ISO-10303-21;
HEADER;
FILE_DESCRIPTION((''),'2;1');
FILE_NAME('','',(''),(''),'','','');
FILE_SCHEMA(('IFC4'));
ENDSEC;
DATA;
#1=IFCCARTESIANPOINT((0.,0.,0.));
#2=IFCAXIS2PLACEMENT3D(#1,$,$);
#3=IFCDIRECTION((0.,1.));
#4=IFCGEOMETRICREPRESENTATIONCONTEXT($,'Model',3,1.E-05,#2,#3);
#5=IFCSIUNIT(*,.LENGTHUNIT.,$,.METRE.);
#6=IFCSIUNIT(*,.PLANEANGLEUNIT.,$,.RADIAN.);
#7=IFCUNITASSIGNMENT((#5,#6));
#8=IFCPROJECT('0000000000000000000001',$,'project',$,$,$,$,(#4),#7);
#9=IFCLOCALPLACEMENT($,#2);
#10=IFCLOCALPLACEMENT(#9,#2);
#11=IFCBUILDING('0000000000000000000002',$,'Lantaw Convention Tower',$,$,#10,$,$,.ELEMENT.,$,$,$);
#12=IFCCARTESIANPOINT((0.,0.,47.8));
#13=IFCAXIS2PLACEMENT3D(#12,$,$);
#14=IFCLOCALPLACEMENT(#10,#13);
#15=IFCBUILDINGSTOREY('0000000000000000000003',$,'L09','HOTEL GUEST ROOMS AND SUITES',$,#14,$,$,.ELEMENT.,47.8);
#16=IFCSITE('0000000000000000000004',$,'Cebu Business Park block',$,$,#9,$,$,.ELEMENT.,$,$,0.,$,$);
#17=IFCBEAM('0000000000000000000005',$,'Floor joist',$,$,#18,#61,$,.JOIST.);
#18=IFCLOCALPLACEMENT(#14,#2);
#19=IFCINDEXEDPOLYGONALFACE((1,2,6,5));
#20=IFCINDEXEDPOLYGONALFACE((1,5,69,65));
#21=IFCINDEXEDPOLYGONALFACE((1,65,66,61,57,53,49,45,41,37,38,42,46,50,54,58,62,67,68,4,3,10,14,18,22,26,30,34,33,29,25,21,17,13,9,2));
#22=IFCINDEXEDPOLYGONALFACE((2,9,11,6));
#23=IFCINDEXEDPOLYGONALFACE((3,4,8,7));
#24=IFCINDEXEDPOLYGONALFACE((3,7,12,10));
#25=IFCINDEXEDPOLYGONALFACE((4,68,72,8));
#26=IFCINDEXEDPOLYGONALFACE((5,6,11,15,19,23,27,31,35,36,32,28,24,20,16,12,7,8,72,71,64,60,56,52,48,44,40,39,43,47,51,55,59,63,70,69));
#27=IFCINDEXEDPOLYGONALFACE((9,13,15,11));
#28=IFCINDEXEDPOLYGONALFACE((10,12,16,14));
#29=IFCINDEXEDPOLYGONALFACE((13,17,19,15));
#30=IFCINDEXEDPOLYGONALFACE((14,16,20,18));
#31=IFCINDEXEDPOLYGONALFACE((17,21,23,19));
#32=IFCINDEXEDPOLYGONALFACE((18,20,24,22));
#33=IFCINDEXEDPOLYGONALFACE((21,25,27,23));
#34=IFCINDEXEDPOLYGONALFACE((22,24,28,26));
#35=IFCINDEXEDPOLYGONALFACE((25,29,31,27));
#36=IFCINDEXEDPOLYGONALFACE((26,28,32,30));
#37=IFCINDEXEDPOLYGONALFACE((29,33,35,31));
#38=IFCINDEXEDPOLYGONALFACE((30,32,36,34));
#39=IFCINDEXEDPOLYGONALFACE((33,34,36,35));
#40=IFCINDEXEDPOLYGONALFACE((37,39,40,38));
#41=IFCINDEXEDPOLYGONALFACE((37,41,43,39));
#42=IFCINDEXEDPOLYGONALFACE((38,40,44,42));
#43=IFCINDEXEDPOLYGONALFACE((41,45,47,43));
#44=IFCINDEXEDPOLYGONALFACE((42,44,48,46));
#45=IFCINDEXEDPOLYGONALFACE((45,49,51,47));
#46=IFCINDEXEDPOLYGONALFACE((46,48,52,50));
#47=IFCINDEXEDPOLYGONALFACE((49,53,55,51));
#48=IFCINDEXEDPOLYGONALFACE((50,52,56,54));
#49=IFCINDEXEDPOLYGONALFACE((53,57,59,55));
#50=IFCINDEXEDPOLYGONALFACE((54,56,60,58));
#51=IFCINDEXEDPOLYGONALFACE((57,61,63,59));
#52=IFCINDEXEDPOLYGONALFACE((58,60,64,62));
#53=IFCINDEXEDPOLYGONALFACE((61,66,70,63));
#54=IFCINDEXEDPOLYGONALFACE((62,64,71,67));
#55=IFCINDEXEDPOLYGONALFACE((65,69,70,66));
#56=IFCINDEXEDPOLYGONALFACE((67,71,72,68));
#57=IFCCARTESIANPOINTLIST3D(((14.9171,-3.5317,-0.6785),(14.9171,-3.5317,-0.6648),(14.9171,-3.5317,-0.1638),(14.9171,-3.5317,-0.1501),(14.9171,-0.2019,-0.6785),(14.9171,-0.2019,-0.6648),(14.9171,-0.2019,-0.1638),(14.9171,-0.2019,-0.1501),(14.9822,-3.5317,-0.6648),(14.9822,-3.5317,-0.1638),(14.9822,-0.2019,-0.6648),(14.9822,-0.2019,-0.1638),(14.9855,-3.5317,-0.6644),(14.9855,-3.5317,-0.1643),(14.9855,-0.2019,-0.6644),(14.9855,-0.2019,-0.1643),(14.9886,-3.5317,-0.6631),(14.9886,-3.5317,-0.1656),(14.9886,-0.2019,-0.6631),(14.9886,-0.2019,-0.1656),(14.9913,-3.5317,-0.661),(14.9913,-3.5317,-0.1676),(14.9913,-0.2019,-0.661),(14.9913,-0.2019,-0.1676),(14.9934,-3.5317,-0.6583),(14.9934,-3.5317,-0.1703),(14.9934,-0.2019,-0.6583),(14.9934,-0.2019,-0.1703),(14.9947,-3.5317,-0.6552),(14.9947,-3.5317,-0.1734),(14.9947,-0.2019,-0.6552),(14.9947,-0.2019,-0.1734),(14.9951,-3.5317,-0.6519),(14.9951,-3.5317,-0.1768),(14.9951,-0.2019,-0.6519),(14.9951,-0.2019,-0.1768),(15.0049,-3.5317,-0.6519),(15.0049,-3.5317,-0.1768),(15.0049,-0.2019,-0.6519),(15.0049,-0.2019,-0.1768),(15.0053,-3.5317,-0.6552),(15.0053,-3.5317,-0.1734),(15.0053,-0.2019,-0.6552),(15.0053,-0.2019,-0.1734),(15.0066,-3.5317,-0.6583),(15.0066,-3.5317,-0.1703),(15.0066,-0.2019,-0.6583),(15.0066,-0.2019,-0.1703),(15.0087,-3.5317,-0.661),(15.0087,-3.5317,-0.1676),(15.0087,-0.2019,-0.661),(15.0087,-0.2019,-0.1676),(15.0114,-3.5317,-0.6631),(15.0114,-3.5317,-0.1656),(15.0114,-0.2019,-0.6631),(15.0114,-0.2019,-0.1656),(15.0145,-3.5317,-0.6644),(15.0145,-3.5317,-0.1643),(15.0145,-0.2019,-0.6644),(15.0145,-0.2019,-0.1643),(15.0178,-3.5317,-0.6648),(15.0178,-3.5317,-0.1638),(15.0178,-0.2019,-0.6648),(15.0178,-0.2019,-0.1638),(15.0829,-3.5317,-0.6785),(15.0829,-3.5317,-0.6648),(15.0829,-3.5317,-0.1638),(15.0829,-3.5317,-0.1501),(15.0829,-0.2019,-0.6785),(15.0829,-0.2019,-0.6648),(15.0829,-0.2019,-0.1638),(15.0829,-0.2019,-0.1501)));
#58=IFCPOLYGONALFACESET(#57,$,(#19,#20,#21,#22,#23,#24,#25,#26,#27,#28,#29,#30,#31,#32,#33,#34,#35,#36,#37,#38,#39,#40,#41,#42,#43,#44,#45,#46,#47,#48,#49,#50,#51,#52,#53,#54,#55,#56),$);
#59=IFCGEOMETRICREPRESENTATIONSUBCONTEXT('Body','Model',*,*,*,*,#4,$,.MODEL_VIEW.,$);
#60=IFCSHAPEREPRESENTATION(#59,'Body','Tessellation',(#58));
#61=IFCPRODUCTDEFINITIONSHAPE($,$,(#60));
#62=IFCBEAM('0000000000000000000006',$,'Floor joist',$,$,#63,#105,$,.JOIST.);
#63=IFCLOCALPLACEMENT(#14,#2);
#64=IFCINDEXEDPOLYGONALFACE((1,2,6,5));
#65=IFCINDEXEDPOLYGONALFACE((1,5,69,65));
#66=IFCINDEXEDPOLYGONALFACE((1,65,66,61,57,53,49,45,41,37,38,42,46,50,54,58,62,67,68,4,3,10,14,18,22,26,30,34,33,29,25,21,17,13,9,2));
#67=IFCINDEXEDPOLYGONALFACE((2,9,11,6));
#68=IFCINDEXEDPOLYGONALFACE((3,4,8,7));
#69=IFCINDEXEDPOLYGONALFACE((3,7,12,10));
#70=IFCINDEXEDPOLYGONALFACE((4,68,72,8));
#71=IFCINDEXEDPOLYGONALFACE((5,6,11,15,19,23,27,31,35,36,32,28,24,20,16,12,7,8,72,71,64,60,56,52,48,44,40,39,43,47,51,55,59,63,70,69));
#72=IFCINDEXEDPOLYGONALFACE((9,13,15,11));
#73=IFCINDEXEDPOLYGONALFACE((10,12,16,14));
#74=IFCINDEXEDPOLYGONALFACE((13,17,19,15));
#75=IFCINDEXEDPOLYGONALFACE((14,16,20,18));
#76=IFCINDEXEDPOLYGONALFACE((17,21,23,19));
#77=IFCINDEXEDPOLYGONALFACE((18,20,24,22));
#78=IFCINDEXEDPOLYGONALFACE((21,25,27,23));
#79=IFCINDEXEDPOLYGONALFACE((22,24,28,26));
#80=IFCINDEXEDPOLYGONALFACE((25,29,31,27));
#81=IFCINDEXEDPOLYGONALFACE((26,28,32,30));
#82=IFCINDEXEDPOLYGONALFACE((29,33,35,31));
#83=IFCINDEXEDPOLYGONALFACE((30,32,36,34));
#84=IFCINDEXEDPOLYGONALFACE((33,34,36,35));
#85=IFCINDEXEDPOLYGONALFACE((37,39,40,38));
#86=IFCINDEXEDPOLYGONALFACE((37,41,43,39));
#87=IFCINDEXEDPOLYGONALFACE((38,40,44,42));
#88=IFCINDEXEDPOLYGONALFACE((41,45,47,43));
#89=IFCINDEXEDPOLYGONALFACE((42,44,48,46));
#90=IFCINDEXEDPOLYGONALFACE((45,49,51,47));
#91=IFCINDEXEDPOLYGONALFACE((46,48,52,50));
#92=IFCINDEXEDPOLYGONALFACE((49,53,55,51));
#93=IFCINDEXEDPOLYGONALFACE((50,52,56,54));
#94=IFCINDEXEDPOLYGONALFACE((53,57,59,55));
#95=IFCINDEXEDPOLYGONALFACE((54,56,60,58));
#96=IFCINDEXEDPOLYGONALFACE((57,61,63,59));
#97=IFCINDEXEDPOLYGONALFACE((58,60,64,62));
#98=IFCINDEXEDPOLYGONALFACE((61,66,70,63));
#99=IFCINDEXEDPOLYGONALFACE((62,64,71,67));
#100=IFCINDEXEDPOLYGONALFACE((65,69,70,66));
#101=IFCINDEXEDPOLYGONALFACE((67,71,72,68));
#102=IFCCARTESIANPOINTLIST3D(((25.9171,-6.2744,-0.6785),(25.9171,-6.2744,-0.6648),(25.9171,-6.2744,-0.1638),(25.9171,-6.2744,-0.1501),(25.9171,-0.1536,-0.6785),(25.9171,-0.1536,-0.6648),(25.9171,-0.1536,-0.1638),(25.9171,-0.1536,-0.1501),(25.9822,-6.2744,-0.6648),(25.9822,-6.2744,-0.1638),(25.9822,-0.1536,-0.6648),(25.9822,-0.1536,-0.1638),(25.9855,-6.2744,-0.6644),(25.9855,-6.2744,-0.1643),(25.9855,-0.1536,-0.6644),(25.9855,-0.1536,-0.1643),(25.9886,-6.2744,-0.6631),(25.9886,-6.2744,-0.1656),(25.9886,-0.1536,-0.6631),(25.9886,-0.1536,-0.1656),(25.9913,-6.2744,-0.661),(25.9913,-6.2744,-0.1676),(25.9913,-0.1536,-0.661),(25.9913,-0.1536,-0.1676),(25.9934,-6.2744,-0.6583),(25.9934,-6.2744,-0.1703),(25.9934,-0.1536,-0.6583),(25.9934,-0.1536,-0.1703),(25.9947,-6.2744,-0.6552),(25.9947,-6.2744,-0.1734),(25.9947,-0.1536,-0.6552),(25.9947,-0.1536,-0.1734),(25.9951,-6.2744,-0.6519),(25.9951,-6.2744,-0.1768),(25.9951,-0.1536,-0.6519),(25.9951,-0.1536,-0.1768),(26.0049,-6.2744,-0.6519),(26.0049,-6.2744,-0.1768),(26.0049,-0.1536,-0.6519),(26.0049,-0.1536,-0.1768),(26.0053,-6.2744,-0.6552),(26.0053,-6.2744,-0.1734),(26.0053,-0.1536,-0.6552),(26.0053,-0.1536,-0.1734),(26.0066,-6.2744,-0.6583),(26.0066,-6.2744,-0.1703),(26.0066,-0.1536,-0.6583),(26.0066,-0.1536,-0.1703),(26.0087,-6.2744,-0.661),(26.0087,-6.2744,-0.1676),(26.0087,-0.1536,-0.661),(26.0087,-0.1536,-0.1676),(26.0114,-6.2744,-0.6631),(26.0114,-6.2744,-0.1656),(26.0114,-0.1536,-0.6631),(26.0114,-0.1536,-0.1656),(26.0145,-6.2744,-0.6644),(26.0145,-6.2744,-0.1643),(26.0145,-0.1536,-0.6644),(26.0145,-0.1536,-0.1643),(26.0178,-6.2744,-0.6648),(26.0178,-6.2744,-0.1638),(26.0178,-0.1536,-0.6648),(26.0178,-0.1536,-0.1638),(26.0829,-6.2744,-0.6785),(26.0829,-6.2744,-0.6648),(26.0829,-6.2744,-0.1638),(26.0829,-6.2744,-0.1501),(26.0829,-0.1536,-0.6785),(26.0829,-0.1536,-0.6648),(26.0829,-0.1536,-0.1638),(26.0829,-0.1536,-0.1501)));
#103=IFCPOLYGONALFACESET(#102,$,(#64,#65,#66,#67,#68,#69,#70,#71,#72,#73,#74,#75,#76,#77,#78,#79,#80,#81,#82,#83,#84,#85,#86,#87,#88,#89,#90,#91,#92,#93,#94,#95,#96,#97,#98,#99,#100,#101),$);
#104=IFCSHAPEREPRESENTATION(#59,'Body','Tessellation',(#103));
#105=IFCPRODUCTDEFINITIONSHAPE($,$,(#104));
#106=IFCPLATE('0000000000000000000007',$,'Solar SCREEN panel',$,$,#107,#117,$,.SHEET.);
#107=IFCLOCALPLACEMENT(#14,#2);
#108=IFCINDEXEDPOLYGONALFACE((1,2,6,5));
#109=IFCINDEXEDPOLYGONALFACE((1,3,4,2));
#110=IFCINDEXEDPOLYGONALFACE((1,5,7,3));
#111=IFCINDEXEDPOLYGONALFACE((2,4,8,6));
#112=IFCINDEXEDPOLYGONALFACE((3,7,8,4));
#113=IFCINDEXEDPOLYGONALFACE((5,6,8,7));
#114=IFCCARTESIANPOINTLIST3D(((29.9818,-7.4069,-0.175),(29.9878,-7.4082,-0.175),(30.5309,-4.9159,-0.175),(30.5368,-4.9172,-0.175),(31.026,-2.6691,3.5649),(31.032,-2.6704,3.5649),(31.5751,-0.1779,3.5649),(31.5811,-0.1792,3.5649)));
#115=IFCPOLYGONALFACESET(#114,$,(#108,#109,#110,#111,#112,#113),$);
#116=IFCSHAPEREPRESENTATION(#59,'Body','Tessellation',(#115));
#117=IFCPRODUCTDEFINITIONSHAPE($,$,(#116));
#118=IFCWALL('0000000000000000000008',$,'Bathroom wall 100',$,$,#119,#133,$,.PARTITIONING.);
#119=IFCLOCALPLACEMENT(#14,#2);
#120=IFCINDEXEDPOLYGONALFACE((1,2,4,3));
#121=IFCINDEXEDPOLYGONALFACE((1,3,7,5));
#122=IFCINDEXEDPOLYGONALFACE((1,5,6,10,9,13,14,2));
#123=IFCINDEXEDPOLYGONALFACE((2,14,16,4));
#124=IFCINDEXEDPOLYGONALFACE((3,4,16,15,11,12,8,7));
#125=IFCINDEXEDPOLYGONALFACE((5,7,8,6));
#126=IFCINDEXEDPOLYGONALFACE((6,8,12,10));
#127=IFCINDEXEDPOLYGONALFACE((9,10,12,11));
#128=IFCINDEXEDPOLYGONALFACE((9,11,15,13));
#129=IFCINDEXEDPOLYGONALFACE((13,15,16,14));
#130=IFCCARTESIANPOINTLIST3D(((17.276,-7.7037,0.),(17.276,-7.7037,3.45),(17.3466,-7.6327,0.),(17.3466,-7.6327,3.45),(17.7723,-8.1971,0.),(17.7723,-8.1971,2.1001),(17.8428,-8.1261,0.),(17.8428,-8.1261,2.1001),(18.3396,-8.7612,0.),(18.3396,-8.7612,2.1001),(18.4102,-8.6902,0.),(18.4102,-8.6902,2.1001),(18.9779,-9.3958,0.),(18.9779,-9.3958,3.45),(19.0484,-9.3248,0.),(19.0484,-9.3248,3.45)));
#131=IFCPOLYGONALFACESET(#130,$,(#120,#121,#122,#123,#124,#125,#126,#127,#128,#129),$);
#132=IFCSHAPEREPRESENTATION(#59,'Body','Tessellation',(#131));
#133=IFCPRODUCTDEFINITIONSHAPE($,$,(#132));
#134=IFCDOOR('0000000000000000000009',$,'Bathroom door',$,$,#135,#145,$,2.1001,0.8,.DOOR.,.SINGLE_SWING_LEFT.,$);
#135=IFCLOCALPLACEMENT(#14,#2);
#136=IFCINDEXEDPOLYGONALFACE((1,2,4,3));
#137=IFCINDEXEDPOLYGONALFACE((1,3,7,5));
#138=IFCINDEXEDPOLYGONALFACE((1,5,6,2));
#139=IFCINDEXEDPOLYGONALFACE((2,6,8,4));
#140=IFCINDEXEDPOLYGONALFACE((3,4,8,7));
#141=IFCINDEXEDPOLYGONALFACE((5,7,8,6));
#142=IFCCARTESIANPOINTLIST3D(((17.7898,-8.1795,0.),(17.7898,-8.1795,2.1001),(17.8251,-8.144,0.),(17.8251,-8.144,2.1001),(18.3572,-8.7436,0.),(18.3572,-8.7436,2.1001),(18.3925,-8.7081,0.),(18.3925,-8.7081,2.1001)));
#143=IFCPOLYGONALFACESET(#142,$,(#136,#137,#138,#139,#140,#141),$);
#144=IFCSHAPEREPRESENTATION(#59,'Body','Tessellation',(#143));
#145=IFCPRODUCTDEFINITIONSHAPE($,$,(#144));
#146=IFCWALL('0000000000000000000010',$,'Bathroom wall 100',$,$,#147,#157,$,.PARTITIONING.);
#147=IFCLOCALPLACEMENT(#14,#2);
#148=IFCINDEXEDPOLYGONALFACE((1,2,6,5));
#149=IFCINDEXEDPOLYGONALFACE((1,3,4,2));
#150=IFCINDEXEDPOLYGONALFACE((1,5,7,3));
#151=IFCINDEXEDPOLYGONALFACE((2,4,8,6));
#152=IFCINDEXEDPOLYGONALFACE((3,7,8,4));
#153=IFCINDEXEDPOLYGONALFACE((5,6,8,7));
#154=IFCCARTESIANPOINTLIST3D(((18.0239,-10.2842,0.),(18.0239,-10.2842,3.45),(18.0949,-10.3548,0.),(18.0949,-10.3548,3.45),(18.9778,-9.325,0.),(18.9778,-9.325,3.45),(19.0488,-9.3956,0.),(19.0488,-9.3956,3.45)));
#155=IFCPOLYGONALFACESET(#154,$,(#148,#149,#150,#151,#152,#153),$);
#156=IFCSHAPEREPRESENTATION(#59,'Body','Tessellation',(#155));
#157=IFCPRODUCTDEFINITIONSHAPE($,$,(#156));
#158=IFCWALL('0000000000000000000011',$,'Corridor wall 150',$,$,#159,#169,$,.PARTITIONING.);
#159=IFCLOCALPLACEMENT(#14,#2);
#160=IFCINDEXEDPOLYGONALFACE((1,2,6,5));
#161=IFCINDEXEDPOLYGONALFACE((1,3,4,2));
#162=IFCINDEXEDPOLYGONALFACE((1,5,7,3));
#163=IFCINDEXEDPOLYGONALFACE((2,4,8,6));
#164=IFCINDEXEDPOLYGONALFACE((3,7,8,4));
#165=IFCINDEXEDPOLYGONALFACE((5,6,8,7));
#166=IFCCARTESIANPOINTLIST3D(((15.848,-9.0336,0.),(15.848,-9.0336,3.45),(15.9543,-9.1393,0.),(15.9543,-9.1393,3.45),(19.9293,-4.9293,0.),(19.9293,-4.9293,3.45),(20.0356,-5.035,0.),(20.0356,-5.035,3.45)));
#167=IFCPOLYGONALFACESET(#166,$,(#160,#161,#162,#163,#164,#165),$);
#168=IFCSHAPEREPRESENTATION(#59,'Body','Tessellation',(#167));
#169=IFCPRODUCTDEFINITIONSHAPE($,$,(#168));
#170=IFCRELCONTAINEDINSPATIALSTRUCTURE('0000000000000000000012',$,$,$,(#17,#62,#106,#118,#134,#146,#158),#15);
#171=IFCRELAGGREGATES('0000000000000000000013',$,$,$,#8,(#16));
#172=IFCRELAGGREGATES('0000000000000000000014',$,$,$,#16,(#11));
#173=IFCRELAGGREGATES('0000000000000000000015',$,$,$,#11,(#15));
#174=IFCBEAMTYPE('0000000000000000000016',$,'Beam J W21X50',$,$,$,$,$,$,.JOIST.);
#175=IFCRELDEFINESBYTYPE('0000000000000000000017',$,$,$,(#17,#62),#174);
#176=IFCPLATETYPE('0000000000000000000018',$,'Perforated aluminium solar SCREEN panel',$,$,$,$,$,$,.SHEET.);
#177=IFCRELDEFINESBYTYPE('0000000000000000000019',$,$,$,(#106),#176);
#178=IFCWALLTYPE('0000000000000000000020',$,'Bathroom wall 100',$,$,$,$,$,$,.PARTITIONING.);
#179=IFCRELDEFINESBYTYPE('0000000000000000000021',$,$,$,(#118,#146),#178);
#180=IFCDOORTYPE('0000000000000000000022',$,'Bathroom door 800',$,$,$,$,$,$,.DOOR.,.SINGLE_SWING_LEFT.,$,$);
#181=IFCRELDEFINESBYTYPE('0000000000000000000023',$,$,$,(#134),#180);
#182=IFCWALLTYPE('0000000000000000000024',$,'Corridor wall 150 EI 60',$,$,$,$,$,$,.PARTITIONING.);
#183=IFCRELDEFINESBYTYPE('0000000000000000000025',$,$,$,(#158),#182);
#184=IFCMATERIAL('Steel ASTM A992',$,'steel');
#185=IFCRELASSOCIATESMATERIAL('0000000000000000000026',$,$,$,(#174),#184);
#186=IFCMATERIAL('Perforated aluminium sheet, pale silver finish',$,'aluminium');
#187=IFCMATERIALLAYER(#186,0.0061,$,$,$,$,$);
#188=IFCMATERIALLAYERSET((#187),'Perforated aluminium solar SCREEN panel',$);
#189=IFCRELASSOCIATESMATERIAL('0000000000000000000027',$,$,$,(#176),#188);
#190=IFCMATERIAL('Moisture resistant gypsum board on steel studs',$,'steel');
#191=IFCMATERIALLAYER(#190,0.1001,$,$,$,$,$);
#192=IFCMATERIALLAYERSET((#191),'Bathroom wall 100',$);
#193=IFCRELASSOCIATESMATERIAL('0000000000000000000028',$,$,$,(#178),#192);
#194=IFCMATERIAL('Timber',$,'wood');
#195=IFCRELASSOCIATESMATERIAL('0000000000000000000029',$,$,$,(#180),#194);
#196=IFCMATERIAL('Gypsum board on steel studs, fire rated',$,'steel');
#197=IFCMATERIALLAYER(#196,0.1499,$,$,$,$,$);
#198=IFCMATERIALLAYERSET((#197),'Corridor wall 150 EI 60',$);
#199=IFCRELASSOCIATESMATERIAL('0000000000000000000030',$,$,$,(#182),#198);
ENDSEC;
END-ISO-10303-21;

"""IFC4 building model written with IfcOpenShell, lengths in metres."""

from ifc_helpers import new_model, si_unit, direction, frame, frame_2d, origin, origin_2d, place, context, subcontext, project, spatial, polyline, rectangle, i_section, outline, extrude, material, layer, layer_set, material_profile, profile_set, type_object, element, fill, save


model = new_model("IFC4")

# Units and contexts
model_context = context("Model", 3, precision=1e-05, world=origin(), true_north=direction((0.0, 1.0)))
body_context = subcontext(model_context, "Body", "Model", "MODEL_VIEW")
ifc_project = project(units=[si_unit("LENGTHUNIT", "METRE"), si_unit("PLANEANGLEUNIT", "RADIAN")], contexts=[model_context])

# Site, building, storey
site_placement = place(None, origin())
site = spatial("IfcSite", under=ifc_project, at=site_placement, Name="Cebu Business Park block", CompositionType="ELEMENT", RefElevation=0.0)
building_placement = place(site_placement, origin())
building = spatial("IfcBuilding", under=site, at=building_placement, Name="Lantaw Convention Tower", CompositionType="ELEMENT")
storey_placement = place(building_placement, frame((0.0, 0.0, 47.8)))
storey = spatial("IfcBuildingStorey", under=building, at=storey_placement, Name="L09", Description="HOTEL GUEST ROOMS AND SUITES", CompositionType="ELEMENT", Elevation=47.8)

# Beams
ifc_material_1 = material(Name="Steel ASTM A992", Category="steel")
ifc_material_profile_1 = material_profile(ifc_material_1, i_section(OverallWidth=0.1658, OverallDepth=0.5283, WebThickness=0.0098, FlangeThickness=0.0137, FilletRadius=0.0129, at=origin_2d()), Name="W21X50")
ifc_profile_set_1 = profile_set([ifc_material_profile_1], Name="Steel ASTM A992")
beam_type_1 = type_object("IfcBeamType", Name="Beam J W21X50", PredefinedType="JOIST", material=ifc_profile_set_1)
beam_1_placement = place(storey_placement, frame((15.0, -3.5317, -0.4143), z_axis=(0.0, 1.0, 0.0), x_axis=(-1.0, 0.0, 0.0)))
element("IfcBeam", 1, at=beam_1_placement, inside=storey, type_object=beam_type_1, Name="Floor joist", PredefinedType="JOIST", context=body_context, shape_type="SweptSolid", body=[
    extrude(i_section(OverallWidth=0.1658, OverallDepth=0.5283, WebThickness=0.0098, FlangeThickness=0.0137, FilletRadius=0.0129, at=origin_2d()), origin(), (0.0, 0.0, 1.0), 3.3298),
])
beam_2_placement = place(storey_placement, frame((26.0, -6.2744, -0.4143), z_axis=(0.0, 1.0, 0.0), x_axis=(-1.0, 0.0, 0.0)))
element("IfcBeam", 2, at=beam_2_placement, inside=storey, type_object=beam_type_1, Name="Floor joist", PredefinedType="JOIST", context=body_context, shape_type="SweptSolid", body=[
    extrude(i_section(OverallWidth=0.1658, OverallDepth=0.5283, WebThickness=0.0098, FlangeThickness=0.0137, FilletRadius=0.0129, at=origin_2d()), origin(), (0.0, 0.0, 1.0), 6.1208),
])

# Plate
ifc_material_2 = material(Name="Perforated aluminium sheet, pale silver finish", Category="aluminium")
ifc_layer_1 = layer(ifc_material_2, 0.0061)
ifc_layer_set_1 = layer_set([ifc_layer_1], Name="Perforated aluminium solar SCREEN panel")
plate_type = type_object("IfcPlateType", Name="Perforated aluminium solar SCREEN panel", PredefinedType="SHEET", material=ifc_layer_set_1)
plate_placement = place(storey_placement, frame((29.9878, -7.4082, -0.175), z_axis=(0.976559, -0.215248, 0.00003), x_axis=(0.215248, 0.976559, 0.0)))
element("IfcPlate", 3, at=plate_placement, inside=storey, type_object=plate_type, Name="Solar SCREEN panel", PredefinedType="SHEET", context=body_context, shape_type="SweptSolid", body=[
    extrude(outline(polyline([(0.0, 0.0), (2.5508, 0.0), (7.4025, 3.74), (4.8515, 3.74), (0.0, 0.0)])), origin(), (0.0, 0.0, -1.0), 0.0061),
])

# Wall, opening, door
ifc_material_3 = material(Name="Moisture resistant gypsum board on steel studs", Category="steel")
ifc_layer_2 = layer(ifc_material_3, 0.1001)
ifc_layer_set_2 = layer_set([ifc_layer_2], Name="Bathroom wall 100")
wall_type_1 = type_object("IfcWallType", Name="Bathroom wall 100", PredefinedType="PARTITIONING", material=ifc_layer_set_2)
wall_1_placement = place(storey_placement, frame((17.3113, -7.6682, 0.0), z_axis=(0.0, 0.0, 1.0), x_axis=(0.709138, -0.705069, 0.0)))
wall_1 = element("IfcWall", 4, at=wall_1_placement, inside=storey, type_object=wall_type_1, Name="Bathroom wall 100", PredefinedType="PARTITIONING", context=body_context, shape_type="SweptSolid", body=[
    extrude(rectangle(XDim=2.3999, YDim=0.1001, at=frame_2d((1.2, 0.0))), origin(), (0.0, 0.0, 1.0), 3.45),
])
opening_1_placement = place(wall_1_placement, frame((0.7, 0.0, 0.0)))
opening_1 = element("IfcOpeningElement", 5, at=opening_1_placement, cuts=wall_1, PredefinedType="OPENING", context=body_context, shape_type="SweptSolid", body=[
    extrude(rectangle(XDim=0.8, YDim=2.1001, at=frame_2d((0.3999, 1.05))), frame((0.0, 0.0601, 0.0), z_axis=(0.0, -1.0, 0.0), x_axis=(1.0, 0.0, 0.0)), (0.0, 0.0, 1.0), 0.1201),
])
ifc_material_4 = material(Name="Timber", Category="wood")
door_type_1 = type_object("IfcDoorType", Name="Bathroom door 800", OperationType="SINGLE_SWING_LEFT", PredefinedType="DOOR", material=ifc_material_4)
door_1_placement = place(opening_1_placement, origin())
door_1 = element("IfcDoor", 6, at=door_1_placement, inside=storey, type_object=door_type_1, Name="Bathroom door", OperationType="SINGLE_SWING_LEFT", OverallHeight=2.1001, OverallWidth=0.8, PredefinedType="DOOR", context=body_context, shape_type="SweptSolid", body=[
    extrude(rectangle(XDim=0.8, YDim=2.1001, at=frame_2d((0.3999, 1.05))), frame((0.0, 0.0249, 0.0), z_axis=(0.0, -1.0, 0.0), x_axis=(1.0, 0.0, 0.0)), (0.0, 0.0, 1.0), 0.05),
])
fill(opening_1, door_1)

# Walls
wall_2_placement = place(storey_placement, frame((19.0132, -9.3604, 0.0), z_axis=(0.0, 0.0, 1.0), x_axis=(-0.705119, -0.709089, 0.0)))
element("IfcWall", 7, at=wall_2_placement, inside=storey, type_object=wall_type_1, Name="Bathroom wall 100", PredefinedType="PARTITIONING", context=body_context, shape_type="SweptSolid", body=[
    extrude(rectangle(XDim=1.3528, YDim=0.1001, at=frame_2d((0.6763, 0.0))), origin(), (0.0, 0.0, 1.0), 3.45),
])
ifc_material_5 = material(Name="Gypsum board on steel studs, fire rated", Category="steel")
ifc_layer_3 = layer(ifc_material_5, 0.1499)
ifc_layer_set_3 = layer_set([ifc_layer_3], Name="Corridor wall 150 EI 60")
wall_type_2 = type_object("IfcWallType", Name="Corridor wall 150 EI 60", PredefinedType="PARTITIONING", material=ifc_layer_set_3)
wall_3_placement = place(storey_placement, frame((15.9011, -9.0864, 0.0), z_axis=(0.0, 0.0, 1.0), x_axis=(0.705122, 0.709086, 0.0)))
element("IfcWall", 8, at=wall_3_placement, inside=storey, type_object=wall_type_2, Name="Corridor wall 150", PredefinedType="PARTITIONING", context=body_context, shape_type="SweptSolid", body=[
    extrude(rectangle(XDim=5.7881, YDim=0.1499, at=frame_2d((2.894, 0.0))), origin(), (0.0, 0.0, 1.0), 3.45),
])

save(model, "model.ifc")
